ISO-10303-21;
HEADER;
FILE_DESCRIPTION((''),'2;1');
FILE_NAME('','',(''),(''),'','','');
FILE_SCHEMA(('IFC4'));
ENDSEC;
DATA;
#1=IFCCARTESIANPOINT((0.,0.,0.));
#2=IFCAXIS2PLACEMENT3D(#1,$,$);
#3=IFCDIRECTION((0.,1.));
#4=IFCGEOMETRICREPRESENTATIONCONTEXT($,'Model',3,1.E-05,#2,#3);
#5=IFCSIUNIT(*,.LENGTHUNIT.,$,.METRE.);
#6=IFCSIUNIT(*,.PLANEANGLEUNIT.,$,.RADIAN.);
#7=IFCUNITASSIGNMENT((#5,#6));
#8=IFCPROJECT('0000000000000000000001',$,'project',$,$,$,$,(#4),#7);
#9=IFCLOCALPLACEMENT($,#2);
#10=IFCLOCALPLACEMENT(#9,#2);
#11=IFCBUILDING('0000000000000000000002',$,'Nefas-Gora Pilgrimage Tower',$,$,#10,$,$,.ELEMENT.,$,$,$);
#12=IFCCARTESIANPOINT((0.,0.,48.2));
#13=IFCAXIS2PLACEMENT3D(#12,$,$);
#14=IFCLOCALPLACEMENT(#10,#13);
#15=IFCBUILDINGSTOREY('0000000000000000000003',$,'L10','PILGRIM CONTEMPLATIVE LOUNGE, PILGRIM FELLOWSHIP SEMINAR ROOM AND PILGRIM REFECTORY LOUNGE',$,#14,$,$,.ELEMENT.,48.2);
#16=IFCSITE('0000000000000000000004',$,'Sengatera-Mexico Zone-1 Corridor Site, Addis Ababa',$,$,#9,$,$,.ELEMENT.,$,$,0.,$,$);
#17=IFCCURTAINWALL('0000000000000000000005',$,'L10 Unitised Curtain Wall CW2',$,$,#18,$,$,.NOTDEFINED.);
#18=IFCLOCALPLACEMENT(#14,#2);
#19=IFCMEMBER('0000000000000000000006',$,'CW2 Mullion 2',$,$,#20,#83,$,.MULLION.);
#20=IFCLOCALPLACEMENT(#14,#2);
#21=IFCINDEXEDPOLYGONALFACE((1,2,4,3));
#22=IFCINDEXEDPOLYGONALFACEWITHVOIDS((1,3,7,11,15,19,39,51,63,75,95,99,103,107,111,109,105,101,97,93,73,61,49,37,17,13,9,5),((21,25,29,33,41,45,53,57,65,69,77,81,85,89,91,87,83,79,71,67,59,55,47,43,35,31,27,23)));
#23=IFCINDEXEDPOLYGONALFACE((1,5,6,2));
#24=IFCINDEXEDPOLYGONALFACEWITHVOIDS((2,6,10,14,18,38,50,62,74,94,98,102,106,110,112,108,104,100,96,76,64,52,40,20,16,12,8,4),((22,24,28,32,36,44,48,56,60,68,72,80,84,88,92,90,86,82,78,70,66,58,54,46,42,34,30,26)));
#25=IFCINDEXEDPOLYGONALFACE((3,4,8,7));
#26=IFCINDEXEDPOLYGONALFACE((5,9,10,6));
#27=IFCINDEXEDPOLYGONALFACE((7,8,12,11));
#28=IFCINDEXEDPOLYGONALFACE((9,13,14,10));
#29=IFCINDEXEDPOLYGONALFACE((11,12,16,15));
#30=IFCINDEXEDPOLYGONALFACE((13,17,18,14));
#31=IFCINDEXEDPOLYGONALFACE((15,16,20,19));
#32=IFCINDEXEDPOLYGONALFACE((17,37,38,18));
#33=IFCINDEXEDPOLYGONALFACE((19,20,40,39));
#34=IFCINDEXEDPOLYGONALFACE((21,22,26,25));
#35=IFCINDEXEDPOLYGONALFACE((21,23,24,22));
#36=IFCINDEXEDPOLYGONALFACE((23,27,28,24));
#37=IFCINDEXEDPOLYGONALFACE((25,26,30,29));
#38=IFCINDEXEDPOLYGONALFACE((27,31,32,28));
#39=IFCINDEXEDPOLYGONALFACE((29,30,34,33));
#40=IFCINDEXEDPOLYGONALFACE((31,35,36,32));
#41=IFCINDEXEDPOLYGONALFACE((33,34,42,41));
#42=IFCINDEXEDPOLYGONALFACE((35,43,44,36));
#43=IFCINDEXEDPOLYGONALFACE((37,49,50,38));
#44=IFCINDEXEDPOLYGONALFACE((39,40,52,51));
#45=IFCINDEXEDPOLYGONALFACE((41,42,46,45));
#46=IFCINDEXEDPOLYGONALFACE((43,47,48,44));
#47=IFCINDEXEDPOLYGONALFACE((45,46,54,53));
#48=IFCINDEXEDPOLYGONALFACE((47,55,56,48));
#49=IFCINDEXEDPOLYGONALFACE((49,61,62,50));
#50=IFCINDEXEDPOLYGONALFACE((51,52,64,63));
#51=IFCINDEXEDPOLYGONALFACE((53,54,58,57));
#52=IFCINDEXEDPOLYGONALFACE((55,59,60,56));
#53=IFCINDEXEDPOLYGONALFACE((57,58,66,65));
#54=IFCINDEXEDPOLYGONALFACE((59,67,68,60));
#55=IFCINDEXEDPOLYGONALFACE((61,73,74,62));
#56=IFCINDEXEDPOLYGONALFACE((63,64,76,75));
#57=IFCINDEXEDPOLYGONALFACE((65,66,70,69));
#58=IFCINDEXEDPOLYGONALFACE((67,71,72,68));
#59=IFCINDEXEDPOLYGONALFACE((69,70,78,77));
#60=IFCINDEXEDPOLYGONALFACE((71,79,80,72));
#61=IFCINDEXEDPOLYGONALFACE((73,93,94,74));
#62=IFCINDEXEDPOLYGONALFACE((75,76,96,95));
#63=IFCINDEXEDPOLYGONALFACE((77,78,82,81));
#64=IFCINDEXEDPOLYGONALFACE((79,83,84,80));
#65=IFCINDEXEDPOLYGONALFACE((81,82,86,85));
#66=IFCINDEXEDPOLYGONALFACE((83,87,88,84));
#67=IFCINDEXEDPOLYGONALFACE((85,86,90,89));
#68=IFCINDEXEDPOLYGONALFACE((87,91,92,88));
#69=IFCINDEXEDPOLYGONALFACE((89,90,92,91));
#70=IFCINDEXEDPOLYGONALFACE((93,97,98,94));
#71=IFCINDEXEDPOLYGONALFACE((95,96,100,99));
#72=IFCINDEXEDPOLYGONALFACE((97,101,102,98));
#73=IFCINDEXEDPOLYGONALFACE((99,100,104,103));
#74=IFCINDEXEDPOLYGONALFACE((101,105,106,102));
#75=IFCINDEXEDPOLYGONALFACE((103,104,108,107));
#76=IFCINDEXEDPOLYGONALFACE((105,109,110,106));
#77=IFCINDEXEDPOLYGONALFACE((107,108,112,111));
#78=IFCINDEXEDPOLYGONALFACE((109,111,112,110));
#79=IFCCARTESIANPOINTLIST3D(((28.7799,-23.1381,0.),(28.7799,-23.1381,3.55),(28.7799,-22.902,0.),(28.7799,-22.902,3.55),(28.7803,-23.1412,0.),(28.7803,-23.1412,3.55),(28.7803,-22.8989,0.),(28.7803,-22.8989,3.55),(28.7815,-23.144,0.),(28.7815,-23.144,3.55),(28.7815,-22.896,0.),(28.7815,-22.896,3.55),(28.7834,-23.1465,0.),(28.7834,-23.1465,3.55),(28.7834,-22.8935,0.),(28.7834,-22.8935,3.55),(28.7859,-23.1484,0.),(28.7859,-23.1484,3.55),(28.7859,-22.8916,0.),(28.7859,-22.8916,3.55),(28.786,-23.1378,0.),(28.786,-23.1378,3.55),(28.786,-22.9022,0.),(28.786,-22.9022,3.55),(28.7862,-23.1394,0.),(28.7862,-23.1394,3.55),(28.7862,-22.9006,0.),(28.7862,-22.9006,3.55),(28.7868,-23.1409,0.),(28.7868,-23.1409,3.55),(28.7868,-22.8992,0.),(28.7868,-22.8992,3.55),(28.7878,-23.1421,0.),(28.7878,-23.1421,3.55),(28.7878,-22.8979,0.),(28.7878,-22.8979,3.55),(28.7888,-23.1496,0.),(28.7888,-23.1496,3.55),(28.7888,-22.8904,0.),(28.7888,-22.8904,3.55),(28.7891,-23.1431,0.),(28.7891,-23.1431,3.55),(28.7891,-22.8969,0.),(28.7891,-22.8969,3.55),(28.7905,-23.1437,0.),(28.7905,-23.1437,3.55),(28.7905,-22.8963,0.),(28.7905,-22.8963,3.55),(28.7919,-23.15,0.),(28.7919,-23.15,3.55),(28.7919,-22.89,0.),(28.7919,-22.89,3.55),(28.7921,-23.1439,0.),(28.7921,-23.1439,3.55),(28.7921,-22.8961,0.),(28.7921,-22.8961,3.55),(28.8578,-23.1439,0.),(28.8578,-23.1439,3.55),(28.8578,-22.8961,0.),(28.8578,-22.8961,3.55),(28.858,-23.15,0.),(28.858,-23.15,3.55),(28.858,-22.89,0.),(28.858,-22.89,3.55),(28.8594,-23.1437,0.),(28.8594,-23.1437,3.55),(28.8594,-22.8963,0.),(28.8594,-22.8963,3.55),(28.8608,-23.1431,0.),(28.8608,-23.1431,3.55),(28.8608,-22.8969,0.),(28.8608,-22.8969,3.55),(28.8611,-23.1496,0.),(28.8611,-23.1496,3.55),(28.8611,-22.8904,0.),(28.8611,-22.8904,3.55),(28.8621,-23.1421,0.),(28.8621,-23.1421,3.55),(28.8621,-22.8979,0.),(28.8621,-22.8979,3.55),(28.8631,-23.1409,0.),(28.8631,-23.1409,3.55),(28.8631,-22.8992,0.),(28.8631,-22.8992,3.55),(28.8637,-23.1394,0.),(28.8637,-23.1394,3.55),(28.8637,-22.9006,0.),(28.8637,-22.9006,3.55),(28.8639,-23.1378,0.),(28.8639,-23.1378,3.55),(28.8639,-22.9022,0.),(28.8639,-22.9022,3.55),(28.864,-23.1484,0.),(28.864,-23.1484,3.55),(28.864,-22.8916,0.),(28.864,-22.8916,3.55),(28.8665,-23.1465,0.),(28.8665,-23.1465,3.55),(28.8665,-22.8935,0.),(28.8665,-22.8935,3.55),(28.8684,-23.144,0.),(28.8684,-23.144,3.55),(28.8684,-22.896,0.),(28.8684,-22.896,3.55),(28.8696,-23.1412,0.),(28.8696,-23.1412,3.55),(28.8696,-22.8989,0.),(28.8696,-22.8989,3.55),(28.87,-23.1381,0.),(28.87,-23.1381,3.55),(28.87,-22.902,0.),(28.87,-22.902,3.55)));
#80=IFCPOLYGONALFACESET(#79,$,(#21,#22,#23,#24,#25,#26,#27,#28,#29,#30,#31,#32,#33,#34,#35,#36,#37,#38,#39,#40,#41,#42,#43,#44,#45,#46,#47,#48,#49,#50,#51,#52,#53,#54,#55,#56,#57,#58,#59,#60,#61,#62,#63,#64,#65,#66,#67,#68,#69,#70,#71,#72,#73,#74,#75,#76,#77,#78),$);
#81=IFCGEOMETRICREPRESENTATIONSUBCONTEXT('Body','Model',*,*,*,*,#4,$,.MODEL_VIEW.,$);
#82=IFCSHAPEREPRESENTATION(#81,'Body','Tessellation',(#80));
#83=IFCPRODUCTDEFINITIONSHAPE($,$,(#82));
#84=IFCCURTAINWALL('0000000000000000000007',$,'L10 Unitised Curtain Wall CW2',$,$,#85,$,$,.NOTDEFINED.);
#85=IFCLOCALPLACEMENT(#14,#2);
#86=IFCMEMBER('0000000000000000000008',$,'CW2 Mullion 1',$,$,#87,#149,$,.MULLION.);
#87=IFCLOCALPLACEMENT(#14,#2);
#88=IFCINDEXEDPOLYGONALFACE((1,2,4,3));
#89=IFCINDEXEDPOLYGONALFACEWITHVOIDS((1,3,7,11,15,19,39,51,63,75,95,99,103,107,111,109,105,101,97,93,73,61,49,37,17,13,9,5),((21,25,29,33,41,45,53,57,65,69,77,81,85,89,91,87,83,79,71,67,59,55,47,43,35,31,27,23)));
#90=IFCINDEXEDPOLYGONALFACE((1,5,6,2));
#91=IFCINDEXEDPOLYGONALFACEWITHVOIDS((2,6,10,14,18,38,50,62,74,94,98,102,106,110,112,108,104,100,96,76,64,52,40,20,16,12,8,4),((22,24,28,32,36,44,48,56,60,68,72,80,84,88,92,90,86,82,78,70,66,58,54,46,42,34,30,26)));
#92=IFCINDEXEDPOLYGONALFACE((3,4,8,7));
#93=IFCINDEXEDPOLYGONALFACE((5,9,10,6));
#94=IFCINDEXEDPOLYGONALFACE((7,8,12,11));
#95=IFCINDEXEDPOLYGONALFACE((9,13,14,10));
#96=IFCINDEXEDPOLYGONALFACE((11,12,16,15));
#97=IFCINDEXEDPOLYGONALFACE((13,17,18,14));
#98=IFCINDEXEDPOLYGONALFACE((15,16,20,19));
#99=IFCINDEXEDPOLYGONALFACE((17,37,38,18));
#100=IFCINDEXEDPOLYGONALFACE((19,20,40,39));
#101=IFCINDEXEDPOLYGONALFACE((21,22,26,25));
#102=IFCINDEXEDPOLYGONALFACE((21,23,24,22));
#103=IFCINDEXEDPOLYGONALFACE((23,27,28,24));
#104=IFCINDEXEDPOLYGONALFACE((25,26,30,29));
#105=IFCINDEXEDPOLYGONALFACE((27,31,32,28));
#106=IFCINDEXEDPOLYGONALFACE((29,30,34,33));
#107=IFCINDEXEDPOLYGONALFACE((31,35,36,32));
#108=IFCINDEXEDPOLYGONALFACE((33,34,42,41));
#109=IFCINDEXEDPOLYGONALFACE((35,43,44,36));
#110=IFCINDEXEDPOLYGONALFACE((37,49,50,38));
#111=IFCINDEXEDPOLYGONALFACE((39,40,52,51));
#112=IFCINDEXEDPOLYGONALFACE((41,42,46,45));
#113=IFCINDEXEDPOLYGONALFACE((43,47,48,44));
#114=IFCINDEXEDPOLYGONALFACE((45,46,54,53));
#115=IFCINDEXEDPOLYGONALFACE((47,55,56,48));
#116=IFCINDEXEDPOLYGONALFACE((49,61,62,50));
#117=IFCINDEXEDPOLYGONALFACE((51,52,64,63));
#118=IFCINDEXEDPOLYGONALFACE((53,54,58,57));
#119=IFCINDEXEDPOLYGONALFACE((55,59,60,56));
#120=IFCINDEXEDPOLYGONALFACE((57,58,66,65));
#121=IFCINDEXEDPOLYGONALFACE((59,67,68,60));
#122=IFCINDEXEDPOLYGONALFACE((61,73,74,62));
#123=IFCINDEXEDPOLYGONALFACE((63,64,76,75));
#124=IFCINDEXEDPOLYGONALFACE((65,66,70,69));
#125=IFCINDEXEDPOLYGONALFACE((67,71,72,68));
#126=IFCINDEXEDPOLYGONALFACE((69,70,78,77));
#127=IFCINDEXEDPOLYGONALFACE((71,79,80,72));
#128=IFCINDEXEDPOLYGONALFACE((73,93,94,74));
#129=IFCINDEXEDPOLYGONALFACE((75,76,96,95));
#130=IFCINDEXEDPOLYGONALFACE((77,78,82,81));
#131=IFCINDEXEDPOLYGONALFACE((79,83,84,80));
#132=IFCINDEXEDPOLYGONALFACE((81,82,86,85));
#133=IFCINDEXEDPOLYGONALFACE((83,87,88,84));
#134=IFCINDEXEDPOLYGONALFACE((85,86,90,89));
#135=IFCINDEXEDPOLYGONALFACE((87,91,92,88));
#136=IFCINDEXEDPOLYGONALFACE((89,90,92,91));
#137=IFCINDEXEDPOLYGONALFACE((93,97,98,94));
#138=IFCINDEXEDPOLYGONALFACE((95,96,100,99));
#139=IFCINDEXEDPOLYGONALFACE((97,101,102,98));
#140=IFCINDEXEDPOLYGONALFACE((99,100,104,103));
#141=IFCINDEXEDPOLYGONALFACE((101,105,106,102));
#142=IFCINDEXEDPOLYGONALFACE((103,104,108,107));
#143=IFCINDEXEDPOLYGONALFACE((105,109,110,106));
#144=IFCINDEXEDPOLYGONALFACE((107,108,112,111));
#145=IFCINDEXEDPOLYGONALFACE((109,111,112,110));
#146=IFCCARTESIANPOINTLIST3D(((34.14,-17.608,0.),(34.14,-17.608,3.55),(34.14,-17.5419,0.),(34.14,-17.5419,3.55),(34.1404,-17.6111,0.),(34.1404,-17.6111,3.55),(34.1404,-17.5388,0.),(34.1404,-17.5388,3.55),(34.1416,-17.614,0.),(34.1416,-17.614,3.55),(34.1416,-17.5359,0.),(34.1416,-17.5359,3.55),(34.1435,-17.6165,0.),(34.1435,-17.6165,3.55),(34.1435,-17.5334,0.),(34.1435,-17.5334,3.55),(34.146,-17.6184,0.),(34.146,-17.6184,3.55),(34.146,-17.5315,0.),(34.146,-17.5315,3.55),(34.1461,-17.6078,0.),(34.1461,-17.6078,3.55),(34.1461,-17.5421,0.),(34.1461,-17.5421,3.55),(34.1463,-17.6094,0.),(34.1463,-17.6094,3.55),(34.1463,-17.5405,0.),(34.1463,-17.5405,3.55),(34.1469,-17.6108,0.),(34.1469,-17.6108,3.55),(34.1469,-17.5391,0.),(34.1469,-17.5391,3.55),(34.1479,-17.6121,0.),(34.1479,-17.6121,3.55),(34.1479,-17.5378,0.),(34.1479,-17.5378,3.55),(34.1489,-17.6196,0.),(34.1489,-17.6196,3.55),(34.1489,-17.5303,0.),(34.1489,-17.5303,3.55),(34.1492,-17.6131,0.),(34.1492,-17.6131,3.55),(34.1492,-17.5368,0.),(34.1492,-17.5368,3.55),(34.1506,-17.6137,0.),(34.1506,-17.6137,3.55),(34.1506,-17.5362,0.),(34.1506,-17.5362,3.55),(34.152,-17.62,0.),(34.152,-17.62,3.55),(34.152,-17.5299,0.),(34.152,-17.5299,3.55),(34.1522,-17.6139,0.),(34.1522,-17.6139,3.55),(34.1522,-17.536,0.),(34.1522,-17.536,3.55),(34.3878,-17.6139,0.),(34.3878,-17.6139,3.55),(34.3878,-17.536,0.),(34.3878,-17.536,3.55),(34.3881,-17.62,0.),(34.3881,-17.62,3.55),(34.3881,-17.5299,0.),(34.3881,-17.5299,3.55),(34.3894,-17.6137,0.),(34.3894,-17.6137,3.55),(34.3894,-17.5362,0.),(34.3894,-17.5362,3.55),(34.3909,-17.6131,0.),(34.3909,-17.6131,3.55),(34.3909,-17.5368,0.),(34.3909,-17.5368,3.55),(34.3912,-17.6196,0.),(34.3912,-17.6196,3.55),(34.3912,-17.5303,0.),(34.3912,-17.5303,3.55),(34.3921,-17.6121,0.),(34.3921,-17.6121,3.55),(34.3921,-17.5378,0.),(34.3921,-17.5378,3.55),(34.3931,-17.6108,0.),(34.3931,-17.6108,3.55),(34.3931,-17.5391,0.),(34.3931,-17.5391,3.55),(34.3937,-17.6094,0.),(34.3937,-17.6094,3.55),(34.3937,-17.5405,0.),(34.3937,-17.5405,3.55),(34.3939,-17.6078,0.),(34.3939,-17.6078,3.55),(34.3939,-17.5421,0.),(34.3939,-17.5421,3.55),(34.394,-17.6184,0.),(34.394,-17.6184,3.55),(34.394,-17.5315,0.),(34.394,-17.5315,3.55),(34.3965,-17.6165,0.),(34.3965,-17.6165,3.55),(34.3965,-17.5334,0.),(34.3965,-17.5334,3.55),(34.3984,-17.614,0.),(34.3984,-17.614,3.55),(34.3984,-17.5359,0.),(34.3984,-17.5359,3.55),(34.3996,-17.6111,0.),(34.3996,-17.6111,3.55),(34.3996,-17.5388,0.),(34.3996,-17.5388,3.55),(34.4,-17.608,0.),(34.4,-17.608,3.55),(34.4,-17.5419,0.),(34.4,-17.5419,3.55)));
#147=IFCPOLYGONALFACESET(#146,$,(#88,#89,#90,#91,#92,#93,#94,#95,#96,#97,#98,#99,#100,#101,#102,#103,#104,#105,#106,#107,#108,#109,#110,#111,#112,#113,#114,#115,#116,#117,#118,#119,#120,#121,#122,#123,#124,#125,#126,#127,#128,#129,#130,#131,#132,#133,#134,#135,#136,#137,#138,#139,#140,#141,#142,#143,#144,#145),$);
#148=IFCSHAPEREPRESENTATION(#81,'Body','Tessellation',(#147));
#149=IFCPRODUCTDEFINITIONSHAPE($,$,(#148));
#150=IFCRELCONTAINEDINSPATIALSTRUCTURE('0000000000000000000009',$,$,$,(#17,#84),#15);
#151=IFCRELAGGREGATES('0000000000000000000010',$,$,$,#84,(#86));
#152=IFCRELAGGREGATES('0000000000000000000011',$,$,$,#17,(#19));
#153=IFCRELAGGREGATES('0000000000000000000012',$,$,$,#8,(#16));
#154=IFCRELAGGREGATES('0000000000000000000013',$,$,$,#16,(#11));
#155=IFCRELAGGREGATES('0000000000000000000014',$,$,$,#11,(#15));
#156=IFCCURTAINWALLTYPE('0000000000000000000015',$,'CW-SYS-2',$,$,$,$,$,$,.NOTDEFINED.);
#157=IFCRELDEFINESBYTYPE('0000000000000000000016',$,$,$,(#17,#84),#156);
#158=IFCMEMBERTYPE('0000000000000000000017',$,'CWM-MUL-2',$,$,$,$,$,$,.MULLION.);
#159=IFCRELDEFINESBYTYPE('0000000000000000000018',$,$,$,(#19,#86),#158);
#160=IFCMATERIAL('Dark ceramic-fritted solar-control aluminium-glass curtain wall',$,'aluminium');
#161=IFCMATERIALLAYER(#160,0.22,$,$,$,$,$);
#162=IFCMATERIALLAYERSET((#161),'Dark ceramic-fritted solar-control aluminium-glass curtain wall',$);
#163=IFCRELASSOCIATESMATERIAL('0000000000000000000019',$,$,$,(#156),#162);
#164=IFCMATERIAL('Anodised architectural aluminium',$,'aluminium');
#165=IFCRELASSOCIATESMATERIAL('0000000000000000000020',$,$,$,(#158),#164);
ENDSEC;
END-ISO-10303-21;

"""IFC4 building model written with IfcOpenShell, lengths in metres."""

from ifc_helpers import new_model, si_unit, direction, frame, origin, origin_2d, place, context, subcontext, project, spatial, hollow_rectangle, extrude, source, transform, mapped, material, layer, layer_set, material_profile, profile_set, type_object, element, aggregate, save


model = new_model("IFC4")

# Units and contexts
model_context = context("Model", 3, precision=1e-05, world=origin(), true_north=direction((0.0, 1.0)))
body_context = subcontext(model_context, "Body", "Model", "MODEL_VIEW")
ifc_project = project(units=[si_unit("LENGTHUNIT", "METRE"), si_unit("PLANEANGLEUNIT", "RADIAN")], contexts=[model_context])

# Site, building, storey
site_placement = place(None, origin())
site = spatial("IfcSite", under=ifc_project, at=site_placement, Name="Sengatera-Mexico Zone-1 Corridor Site, Addis Ababa", CompositionType="ELEMENT", RefElevation=0.0)
building_placement = place(site_placement, origin())
building = spatial("IfcBuilding", under=site, at=building_placement, Name="Nefas-Gora Pilgrimage Tower", CompositionType="ELEMENT")
storey_placement = place(building_placement, frame((0.0, 0.0, 48.2)))
storey = spatial("IfcBuildingStorey", under=building, at=storey_placement, Name="L10", Description="PILGRIM CONTEMPLATIVE LOUNGE, PILGRIM FELLOWSHIP SEMINAR ROOM AND PILGRIM REFECTORY LOUNGE", CompositionType="ELEMENT", Elevation=48.2)

# Curtain wall, member
ifc_material_1 = material(Name="Dark ceramic-fritted solar-control aluminium-glass curtain wall", Category="aluminium")
ifc_layer_1 = layer(ifc_material_1, 0.22)
ifc_layer_set_1 = layer_set([ifc_layer_1], Name="Dark ceramic-fritted solar-control aluminium-glass curtain wall")
curtain_wall_type = type_object("IfcCurtainWallType", Name="CW-SYS-2", PredefinedType="NOTDEFINED", material=ifc_layer_set_1)
curtain_wall_1_placement = place(storey_placement, origin())
curtain_wall_1 = element("IfcCurtainWall", 1, at=curtain_wall_1_placement, inside=storey, type_object=curtain_wall_type, Name="L10 Unitised Curtain Wall CW2", PredefinedType="NOTDEFINED")
ifc_material_2 = material(Name="Anodised architectural aluminium", Category="aluminium")
ifc_material_profile_1 = material_profile(ifc_material_2, hollow_rectangle(XDim=0.0901, YDim=0.26, WallThickness=0.0061, InnerFilletRadius=0.0061, OuterFilletRadius=0.012, at=origin_2d()), Name="ALU MULLION 90x260")
ifc_profile_set_1 = profile_set([ifc_material_profile_1], Name="Anodised architectural aluminium")
member_type_1 = type_object("IfcMemberType", Name="CWM-MUL-2", PredefinedType="MULLION", material=ifc_profile_set_1)
shared_shape_1 = source(origin(), body_context, "Body", "SweptSolid", [
    extrude(hollow_rectangle(XDim=0.0901, YDim=0.26, WallThickness=0.0061, InnerFilletRadius=0.0061, OuterFilletRadius=0.012, at=origin_2d()), origin(), (0.0, 0.0, 1.0), 3.55),
])
member_1_placement = place(storey_placement, frame((28.825, -23.02, 0.0), z_axis=(0.0, 0.0, 1.0), x_axis=(1.0, 0.0, 0.0)))
member_1 = element("IfcMember", 2, at=member_1_placement, type_object=member_type_1, Name="CW2 Mullion 2", PredefinedType="MULLION", context=body_context, shape_type="MappedRepresentation", body=[
    mapped(shared_shape_1, transform((0.0, 0.0, 0.0), x_axis=(1.0, 0.0, 0.0), y_axis=(0.0, 1.0, 0.0), z_axis=(0.0, 0.0, 1.0), scale=1.0)),
])

# Curtain wall, member
curtain_wall_2_placement = place(storey_placement, origin())
curtain_wall_2 = element("IfcCurtainWall", 3, at=curtain_wall_2_placement, inside=storey, type_object=curtain_wall_type, Name="L10 Unitised Curtain Wall CW2", PredefinedType="NOTDEFINED")
member_2_placement = place(storey_placement, frame((34.27, -17.575, 0.0), z_axis=(0.0, 0.0, 1.0), x_axis=(0.0, 1.0, 0.0)))
member_2 = element("IfcMember", 4, at=member_2_placement, type_object=member_type_1, Name="CW2 Mullion 1", PredefinedType="MULLION", context=body_context, shape_type="MappedRepresentation", body=[
    mapped(shared_shape_1, transform((0.0, 0.0, 0.0), x_axis=(1.0, 0.0, 0.0), y_axis=(0.0, 1.0, 0.0), z_axis=(0.0, 0.0, 1.0), scale=1.0)),
])
aggregate(curtain_wall_2, [member_2])

aggregate(curtain_wall_1, [member_1])

save(model, "model.ifc")
